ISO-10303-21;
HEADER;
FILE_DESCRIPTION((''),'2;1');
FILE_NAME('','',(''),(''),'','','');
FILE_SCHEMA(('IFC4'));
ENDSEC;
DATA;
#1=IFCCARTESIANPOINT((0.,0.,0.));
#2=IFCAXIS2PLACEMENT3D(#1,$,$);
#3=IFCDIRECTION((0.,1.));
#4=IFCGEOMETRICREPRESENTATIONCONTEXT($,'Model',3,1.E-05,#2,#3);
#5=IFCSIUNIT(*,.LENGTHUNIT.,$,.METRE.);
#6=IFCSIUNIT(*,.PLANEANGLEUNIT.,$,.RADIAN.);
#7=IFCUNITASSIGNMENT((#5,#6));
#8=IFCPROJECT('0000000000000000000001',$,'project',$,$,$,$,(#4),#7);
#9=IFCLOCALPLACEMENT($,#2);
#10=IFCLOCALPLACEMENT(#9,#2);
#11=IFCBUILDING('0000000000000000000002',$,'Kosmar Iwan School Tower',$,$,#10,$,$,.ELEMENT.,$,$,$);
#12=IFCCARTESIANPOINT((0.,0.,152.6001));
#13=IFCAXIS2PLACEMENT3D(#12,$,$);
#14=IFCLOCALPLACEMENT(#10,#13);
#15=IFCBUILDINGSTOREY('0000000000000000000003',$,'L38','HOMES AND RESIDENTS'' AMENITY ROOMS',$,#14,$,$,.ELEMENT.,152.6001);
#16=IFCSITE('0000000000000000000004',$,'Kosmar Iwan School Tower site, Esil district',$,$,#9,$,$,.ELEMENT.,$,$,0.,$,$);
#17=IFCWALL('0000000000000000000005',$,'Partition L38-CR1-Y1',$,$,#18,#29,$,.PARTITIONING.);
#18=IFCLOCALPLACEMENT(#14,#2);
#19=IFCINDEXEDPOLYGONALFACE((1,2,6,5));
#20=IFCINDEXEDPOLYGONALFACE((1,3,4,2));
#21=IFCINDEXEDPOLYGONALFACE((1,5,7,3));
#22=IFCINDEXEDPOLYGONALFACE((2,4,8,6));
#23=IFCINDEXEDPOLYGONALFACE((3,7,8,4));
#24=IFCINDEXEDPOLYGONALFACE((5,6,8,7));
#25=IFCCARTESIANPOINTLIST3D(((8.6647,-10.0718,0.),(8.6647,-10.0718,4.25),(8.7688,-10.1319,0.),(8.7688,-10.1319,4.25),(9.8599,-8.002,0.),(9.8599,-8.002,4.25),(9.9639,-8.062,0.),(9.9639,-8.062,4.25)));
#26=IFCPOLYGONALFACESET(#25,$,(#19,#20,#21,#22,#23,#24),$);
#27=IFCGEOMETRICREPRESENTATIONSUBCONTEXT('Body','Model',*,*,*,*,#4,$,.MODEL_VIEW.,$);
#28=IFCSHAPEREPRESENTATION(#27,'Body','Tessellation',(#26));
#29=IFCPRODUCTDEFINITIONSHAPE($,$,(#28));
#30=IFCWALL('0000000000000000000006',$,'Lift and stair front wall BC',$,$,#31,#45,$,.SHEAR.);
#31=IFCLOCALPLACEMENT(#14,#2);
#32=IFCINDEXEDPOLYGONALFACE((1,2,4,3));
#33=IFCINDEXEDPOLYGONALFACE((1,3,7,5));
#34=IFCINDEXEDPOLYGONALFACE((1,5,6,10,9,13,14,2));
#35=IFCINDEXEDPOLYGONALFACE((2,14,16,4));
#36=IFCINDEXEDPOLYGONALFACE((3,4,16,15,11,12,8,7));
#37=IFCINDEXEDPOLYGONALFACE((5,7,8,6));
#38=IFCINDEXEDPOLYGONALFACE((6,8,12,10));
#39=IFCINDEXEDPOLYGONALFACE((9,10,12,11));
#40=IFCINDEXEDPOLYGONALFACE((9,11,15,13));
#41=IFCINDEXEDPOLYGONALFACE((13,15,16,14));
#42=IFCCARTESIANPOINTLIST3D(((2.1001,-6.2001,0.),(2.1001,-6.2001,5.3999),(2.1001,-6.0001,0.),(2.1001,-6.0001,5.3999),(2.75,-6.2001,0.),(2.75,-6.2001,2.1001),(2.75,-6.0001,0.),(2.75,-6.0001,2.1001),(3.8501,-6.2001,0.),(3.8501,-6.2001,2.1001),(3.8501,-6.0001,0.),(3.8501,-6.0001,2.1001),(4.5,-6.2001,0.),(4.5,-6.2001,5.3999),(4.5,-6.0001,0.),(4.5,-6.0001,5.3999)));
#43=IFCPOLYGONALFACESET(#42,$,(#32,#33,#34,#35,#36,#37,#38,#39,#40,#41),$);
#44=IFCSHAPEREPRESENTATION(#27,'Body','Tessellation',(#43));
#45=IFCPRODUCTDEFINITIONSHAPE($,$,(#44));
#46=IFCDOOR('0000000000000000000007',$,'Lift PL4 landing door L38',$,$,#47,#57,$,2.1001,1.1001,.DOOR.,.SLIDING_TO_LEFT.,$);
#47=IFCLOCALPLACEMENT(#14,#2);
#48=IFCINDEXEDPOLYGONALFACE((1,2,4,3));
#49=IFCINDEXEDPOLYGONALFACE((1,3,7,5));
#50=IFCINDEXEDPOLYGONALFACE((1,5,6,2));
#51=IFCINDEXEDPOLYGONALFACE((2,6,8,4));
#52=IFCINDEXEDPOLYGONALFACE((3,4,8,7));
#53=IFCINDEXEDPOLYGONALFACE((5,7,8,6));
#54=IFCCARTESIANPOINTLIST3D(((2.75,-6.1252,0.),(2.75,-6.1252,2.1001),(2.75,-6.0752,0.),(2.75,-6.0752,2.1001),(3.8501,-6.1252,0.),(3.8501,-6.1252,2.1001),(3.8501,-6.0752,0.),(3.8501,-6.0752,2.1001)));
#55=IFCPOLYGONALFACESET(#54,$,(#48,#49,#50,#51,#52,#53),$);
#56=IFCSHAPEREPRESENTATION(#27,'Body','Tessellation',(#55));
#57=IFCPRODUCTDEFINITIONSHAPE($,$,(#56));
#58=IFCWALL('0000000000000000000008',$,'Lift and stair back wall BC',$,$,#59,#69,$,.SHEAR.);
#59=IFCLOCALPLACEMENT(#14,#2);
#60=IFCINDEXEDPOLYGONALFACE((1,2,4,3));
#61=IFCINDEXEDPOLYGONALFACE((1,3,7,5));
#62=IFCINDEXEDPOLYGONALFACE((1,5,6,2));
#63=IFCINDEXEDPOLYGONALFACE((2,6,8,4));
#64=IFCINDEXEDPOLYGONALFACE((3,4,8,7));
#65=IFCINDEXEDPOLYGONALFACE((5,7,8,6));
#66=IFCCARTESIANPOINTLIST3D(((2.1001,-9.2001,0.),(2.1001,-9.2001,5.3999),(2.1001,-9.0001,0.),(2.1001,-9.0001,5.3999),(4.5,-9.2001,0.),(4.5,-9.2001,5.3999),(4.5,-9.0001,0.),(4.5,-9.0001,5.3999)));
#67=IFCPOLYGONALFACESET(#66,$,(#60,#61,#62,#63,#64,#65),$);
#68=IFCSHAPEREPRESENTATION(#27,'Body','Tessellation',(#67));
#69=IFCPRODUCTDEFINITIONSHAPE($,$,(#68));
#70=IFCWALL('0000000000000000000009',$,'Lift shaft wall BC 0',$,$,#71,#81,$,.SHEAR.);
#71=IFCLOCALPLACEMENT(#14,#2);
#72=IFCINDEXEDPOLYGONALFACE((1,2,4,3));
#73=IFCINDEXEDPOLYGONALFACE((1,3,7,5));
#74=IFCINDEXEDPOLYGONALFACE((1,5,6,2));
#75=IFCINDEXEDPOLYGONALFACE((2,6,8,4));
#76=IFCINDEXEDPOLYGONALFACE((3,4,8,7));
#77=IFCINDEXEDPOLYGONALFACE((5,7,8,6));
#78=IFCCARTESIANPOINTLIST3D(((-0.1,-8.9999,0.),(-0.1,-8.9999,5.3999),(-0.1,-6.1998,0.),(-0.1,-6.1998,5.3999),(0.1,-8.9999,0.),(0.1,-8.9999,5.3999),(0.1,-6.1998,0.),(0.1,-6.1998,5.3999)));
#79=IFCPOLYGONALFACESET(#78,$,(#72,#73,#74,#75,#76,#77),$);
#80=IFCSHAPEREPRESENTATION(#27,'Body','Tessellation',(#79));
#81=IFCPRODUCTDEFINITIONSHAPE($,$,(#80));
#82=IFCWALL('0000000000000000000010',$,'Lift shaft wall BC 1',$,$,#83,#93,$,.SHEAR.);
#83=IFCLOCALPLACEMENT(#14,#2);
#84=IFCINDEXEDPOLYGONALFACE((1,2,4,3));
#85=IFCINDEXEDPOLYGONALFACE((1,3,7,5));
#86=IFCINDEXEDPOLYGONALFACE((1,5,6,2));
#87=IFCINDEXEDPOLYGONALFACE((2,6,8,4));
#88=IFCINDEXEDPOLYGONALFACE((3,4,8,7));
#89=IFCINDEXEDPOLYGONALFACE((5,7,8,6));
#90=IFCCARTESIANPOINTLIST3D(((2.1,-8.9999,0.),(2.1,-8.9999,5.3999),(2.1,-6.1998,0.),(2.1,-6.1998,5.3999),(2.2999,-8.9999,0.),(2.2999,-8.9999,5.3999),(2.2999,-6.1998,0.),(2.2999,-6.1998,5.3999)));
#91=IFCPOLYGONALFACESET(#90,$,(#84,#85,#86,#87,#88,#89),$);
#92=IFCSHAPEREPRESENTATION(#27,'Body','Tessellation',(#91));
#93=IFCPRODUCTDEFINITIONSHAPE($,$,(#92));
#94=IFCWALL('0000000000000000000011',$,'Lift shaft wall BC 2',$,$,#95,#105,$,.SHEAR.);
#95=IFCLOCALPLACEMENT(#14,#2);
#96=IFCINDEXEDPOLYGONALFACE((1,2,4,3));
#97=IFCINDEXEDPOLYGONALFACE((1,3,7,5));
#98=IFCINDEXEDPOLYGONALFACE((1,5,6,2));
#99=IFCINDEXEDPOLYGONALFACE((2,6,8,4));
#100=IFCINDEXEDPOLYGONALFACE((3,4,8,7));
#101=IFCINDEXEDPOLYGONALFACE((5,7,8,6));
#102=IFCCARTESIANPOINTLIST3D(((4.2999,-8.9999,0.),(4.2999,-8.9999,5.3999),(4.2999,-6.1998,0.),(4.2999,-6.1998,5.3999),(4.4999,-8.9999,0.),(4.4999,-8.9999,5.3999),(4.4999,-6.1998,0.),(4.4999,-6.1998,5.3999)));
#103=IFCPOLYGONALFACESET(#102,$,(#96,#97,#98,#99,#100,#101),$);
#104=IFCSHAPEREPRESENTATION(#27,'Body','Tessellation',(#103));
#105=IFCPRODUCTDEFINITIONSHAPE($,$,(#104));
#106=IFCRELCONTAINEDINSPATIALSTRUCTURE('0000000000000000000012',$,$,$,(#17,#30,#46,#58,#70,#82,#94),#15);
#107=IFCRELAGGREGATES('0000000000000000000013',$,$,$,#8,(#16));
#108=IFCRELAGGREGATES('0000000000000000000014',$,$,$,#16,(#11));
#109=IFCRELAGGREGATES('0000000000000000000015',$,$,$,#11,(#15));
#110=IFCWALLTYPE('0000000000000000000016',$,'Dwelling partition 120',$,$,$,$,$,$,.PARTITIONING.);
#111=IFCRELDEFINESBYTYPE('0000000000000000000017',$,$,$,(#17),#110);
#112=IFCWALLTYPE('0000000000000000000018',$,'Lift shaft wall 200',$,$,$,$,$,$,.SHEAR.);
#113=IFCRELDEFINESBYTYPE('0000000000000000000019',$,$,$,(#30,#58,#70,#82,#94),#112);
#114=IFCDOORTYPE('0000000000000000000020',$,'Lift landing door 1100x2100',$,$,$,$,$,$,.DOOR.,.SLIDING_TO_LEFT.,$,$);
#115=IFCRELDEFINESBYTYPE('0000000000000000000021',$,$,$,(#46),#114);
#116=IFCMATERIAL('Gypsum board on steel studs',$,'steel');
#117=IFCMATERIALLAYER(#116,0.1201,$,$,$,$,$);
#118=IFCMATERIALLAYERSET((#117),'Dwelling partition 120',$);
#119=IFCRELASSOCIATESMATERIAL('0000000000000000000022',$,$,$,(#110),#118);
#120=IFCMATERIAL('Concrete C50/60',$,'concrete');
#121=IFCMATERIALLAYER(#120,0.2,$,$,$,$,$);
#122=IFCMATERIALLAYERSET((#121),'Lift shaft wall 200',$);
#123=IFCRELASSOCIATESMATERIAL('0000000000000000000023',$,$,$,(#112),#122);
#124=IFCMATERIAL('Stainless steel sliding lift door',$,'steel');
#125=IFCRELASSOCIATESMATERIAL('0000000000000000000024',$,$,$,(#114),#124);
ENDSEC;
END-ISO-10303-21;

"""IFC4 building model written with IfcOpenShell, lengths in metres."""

from ifc_helpers import new_model, si_unit, direction, frame, frame_2d, origin, place, context, subcontext, project, spatial, rectangle, extrude, material, layer, layer_set, type_object, element, fill, save


model = new_model("IFC4")

# Units and contexts
model_context = context("Model", 3, precision=1e-05, world=origin(), true_north=direction((0.0, 1.0)))
body_context = subcontext(model_context, "Body", "Model", "MODEL_VIEW")
ifc_project = project(units=[si_unit("LENGTHUNIT", "METRE"), si_unit("PLANEANGLEUNIT", "RADIAN")], contexts=[model_context])

# Site, building, storey
site_placement = place(None, origin())
site = spatial("IfcSite", under=ifc_project, at=site_placement, Name="Kosmar Iwan School Tower site, Esil district", CompositionType="ELEMENT", RefElevation=0.0)
building_placement = place(site_placement, origin())
building = spatial("IfcBuilding", under=site, at=building_placement, Name="Kosmar Iwan School Tower", CompositionType="ELEMENT")
storey_placement = place(building_placement, frame((0.0, 0.0, 152.6001)))
storey = spatial("IfcBuildingStorey", under=building, at=storey_placement, Name="L38", Description="HOMES AND RESIDENTS' AMENITY ROOMS", CompositionType="ELEMENT", Elevation=152.6001)

# Shared definitions
ifc_material_1 = material(Name="Gypsum board on steel studs", Category="steel")
ifc_layer_1 = layer(ifc_material_1, 0.1201)
ifc_layer_set_1 = layer_set([ifc_layer_1], Name="Dwelling partition 120")
wall_type_1 = type_object("IfcWallType", Name="Dwelling partition 120", PredefinedType="PARTITIONING", material=ifc_layer_set_1)

# Wall
wall_1_placement = place(storey_placement, frame((9.9119, -8.032, 0.0), z_axis=(0.0, 0.0, 1.0), x_axis=(-0.500017, -0.866015, 0.0)))
element("IfcWall", 1, at=wall_1_placement, inside=storey, type_object=wall_type_1, Name="Partition L38-CR1-Y1", PredefinedType="PARTITIONING", context=body_context, shape_type="SweptSolid", body=[
    extrude(rectangle(XDim=2.3901, YDim=0.1201, at=frame_2d((1.1951, 0.0))), origin(), (0.0, 0.0, 1.0), 4.25),
])

# Wall, opening, door
ifc_material_2 = material(Name="Concrete C50/60", Category="concrete")
ifc_layer_2 = layer(ifc_material_2, 0.2)
ifc_layer_set_2 = layer_set([ifc_layer_2], Name="Lift shaft wall 200")
wall_type_2 = type_object("IfcWallType", Name="Lift shaft wall 200", PredefinedType="SHEAR", material=ifc_layer_set_2)
wall_2_placement = place(storey_placement, frame((2.1001, -6.1001, 0.0), z_axis=(0.0, 0.0, 1.0), x_axis=(1.0, 0.0, 0.0)))
wall_2 = element("IfcWall", 2, at=wall_2_placement, inside=storey, type_object=wall_type_2, Name="Lift and stair front wall BC", PredefinedType="SHEAR", context=body_context, shape_type="SweptSolid", body=[
    extrude(rectangle(XDim=2.3999, YDim=0.2, at=frame_2d((1.2, 0.0))), origin(), (0.0, 0.0, 1.0), 5.3999),
])
opening_1_placement = place(wall_2_placement, frame((0.6499, 0.0, 0.0)))
opening_1 = element("IfcOpeningElement", 3, at=opening_1_placement, cuts=wall_2, PredefinedType="OPENING", context=body_context, shape_type="SweptSolid", body=[
    extrude(rectangle(XDim=1.1001, YDim=2.1001, at=frame_2d((0.55, 1.05))), frame((0.0, 0.1121, 0.0), z_axis=(0.0, -1.0, 0.0), x_axis=(1.0, 0.0, 0.0)), (0.0, 0.0, 1.0), 0.2239),
])
ifc_material_3 = material(Name="Stainless steel sliding lift door", Category="steel")
door_type_1 = type_object("IfcDoorType", Name="Lift landing door 1100x2100", OperationType="SLIDING_TO_LEFT", PredefinedType="DOOR", material=ifc_material_3)
door_1_placement = place(opening_1_placement, origin())
door_1 = element("IfcDoor", 4, at=door_1_placement, inside=storey, type_object=door_type_1, Name="Lift PL4 landing door L38", OperationType="SLIDING_TO_LEFT", OverallHeight=2.1001, OverallWidth=1.1001, PredefinedType="DOOR", context=body_context, shape_type="SweptSolid", body=[
    extrude(rectangle(XDim=1.1001, YDim=2.1001, at=frame_2d((0.55, 1.05))), frame((0.0, 0.0249, 0.0), z_axis=(0.0, -1.0, 0.0), x_axis=(1.0, 0.0, 0.0)), (0.0, 0.0, 1.0), 0.05),
])
fill(opening_1, door_1)

# Walls
wall_3_placement = place(storey_placement, frame((2.1001, -9.1001, 0.0), z_axis=(0.0, 0.0, 1.0), x_axis=(1.0, 0.0, 0.0)))
element("IfcWall", 5, at=wall_3_placement, inside=storey, type_object=wall_type_2, Name="Lift and stair back wall BC", PredefinedType="SHEAR", context=body_context, shape_type="SweptSolid", body=[
    extrude(rectangle(XDim=2.3999, YDim=0.2, at=frame_2d((1.2, 0.0))), origin(), (0.0, 0.0, 1.0), 5.3999),
])
for number, where, z_axis, x_axis, name in (
    (6, (0.0, -6.2, 0.0), (0.0, 0.0, 1.0), (0.0, -1.0, 0.0), "Lift shaft wall BC 0"),
    (7, (2.2, -6.2, 0.0), (0.0, 0.0, 1.0), (0.0, -1.0, 0.0), "Lift shaft wall BC 1"),
    (8, (4.3999, -6.2, 0.0), (0.0, 0.0, 1.0), (0.0, -1.0, 0.0), "Lift shaft wall BC 2"),
):
    element("IfcWall", number, at=place(storey_placement, frame(where, z_axis=z_axis, x_axis=x_axis)), inside=storey, type_object=wall_type_2, Name=name, PredefinedType="SHEAR", context=body_context, shape_type="SweptSolid", body=[
        extrude(rectangle(XDim=2.8, YDim=0.2, at=frame_2d((1.3999, 0.0))), origin(), (0.0, 0.0, 1.0), 5.3999),
    ])

save(model, "model.ifc")
